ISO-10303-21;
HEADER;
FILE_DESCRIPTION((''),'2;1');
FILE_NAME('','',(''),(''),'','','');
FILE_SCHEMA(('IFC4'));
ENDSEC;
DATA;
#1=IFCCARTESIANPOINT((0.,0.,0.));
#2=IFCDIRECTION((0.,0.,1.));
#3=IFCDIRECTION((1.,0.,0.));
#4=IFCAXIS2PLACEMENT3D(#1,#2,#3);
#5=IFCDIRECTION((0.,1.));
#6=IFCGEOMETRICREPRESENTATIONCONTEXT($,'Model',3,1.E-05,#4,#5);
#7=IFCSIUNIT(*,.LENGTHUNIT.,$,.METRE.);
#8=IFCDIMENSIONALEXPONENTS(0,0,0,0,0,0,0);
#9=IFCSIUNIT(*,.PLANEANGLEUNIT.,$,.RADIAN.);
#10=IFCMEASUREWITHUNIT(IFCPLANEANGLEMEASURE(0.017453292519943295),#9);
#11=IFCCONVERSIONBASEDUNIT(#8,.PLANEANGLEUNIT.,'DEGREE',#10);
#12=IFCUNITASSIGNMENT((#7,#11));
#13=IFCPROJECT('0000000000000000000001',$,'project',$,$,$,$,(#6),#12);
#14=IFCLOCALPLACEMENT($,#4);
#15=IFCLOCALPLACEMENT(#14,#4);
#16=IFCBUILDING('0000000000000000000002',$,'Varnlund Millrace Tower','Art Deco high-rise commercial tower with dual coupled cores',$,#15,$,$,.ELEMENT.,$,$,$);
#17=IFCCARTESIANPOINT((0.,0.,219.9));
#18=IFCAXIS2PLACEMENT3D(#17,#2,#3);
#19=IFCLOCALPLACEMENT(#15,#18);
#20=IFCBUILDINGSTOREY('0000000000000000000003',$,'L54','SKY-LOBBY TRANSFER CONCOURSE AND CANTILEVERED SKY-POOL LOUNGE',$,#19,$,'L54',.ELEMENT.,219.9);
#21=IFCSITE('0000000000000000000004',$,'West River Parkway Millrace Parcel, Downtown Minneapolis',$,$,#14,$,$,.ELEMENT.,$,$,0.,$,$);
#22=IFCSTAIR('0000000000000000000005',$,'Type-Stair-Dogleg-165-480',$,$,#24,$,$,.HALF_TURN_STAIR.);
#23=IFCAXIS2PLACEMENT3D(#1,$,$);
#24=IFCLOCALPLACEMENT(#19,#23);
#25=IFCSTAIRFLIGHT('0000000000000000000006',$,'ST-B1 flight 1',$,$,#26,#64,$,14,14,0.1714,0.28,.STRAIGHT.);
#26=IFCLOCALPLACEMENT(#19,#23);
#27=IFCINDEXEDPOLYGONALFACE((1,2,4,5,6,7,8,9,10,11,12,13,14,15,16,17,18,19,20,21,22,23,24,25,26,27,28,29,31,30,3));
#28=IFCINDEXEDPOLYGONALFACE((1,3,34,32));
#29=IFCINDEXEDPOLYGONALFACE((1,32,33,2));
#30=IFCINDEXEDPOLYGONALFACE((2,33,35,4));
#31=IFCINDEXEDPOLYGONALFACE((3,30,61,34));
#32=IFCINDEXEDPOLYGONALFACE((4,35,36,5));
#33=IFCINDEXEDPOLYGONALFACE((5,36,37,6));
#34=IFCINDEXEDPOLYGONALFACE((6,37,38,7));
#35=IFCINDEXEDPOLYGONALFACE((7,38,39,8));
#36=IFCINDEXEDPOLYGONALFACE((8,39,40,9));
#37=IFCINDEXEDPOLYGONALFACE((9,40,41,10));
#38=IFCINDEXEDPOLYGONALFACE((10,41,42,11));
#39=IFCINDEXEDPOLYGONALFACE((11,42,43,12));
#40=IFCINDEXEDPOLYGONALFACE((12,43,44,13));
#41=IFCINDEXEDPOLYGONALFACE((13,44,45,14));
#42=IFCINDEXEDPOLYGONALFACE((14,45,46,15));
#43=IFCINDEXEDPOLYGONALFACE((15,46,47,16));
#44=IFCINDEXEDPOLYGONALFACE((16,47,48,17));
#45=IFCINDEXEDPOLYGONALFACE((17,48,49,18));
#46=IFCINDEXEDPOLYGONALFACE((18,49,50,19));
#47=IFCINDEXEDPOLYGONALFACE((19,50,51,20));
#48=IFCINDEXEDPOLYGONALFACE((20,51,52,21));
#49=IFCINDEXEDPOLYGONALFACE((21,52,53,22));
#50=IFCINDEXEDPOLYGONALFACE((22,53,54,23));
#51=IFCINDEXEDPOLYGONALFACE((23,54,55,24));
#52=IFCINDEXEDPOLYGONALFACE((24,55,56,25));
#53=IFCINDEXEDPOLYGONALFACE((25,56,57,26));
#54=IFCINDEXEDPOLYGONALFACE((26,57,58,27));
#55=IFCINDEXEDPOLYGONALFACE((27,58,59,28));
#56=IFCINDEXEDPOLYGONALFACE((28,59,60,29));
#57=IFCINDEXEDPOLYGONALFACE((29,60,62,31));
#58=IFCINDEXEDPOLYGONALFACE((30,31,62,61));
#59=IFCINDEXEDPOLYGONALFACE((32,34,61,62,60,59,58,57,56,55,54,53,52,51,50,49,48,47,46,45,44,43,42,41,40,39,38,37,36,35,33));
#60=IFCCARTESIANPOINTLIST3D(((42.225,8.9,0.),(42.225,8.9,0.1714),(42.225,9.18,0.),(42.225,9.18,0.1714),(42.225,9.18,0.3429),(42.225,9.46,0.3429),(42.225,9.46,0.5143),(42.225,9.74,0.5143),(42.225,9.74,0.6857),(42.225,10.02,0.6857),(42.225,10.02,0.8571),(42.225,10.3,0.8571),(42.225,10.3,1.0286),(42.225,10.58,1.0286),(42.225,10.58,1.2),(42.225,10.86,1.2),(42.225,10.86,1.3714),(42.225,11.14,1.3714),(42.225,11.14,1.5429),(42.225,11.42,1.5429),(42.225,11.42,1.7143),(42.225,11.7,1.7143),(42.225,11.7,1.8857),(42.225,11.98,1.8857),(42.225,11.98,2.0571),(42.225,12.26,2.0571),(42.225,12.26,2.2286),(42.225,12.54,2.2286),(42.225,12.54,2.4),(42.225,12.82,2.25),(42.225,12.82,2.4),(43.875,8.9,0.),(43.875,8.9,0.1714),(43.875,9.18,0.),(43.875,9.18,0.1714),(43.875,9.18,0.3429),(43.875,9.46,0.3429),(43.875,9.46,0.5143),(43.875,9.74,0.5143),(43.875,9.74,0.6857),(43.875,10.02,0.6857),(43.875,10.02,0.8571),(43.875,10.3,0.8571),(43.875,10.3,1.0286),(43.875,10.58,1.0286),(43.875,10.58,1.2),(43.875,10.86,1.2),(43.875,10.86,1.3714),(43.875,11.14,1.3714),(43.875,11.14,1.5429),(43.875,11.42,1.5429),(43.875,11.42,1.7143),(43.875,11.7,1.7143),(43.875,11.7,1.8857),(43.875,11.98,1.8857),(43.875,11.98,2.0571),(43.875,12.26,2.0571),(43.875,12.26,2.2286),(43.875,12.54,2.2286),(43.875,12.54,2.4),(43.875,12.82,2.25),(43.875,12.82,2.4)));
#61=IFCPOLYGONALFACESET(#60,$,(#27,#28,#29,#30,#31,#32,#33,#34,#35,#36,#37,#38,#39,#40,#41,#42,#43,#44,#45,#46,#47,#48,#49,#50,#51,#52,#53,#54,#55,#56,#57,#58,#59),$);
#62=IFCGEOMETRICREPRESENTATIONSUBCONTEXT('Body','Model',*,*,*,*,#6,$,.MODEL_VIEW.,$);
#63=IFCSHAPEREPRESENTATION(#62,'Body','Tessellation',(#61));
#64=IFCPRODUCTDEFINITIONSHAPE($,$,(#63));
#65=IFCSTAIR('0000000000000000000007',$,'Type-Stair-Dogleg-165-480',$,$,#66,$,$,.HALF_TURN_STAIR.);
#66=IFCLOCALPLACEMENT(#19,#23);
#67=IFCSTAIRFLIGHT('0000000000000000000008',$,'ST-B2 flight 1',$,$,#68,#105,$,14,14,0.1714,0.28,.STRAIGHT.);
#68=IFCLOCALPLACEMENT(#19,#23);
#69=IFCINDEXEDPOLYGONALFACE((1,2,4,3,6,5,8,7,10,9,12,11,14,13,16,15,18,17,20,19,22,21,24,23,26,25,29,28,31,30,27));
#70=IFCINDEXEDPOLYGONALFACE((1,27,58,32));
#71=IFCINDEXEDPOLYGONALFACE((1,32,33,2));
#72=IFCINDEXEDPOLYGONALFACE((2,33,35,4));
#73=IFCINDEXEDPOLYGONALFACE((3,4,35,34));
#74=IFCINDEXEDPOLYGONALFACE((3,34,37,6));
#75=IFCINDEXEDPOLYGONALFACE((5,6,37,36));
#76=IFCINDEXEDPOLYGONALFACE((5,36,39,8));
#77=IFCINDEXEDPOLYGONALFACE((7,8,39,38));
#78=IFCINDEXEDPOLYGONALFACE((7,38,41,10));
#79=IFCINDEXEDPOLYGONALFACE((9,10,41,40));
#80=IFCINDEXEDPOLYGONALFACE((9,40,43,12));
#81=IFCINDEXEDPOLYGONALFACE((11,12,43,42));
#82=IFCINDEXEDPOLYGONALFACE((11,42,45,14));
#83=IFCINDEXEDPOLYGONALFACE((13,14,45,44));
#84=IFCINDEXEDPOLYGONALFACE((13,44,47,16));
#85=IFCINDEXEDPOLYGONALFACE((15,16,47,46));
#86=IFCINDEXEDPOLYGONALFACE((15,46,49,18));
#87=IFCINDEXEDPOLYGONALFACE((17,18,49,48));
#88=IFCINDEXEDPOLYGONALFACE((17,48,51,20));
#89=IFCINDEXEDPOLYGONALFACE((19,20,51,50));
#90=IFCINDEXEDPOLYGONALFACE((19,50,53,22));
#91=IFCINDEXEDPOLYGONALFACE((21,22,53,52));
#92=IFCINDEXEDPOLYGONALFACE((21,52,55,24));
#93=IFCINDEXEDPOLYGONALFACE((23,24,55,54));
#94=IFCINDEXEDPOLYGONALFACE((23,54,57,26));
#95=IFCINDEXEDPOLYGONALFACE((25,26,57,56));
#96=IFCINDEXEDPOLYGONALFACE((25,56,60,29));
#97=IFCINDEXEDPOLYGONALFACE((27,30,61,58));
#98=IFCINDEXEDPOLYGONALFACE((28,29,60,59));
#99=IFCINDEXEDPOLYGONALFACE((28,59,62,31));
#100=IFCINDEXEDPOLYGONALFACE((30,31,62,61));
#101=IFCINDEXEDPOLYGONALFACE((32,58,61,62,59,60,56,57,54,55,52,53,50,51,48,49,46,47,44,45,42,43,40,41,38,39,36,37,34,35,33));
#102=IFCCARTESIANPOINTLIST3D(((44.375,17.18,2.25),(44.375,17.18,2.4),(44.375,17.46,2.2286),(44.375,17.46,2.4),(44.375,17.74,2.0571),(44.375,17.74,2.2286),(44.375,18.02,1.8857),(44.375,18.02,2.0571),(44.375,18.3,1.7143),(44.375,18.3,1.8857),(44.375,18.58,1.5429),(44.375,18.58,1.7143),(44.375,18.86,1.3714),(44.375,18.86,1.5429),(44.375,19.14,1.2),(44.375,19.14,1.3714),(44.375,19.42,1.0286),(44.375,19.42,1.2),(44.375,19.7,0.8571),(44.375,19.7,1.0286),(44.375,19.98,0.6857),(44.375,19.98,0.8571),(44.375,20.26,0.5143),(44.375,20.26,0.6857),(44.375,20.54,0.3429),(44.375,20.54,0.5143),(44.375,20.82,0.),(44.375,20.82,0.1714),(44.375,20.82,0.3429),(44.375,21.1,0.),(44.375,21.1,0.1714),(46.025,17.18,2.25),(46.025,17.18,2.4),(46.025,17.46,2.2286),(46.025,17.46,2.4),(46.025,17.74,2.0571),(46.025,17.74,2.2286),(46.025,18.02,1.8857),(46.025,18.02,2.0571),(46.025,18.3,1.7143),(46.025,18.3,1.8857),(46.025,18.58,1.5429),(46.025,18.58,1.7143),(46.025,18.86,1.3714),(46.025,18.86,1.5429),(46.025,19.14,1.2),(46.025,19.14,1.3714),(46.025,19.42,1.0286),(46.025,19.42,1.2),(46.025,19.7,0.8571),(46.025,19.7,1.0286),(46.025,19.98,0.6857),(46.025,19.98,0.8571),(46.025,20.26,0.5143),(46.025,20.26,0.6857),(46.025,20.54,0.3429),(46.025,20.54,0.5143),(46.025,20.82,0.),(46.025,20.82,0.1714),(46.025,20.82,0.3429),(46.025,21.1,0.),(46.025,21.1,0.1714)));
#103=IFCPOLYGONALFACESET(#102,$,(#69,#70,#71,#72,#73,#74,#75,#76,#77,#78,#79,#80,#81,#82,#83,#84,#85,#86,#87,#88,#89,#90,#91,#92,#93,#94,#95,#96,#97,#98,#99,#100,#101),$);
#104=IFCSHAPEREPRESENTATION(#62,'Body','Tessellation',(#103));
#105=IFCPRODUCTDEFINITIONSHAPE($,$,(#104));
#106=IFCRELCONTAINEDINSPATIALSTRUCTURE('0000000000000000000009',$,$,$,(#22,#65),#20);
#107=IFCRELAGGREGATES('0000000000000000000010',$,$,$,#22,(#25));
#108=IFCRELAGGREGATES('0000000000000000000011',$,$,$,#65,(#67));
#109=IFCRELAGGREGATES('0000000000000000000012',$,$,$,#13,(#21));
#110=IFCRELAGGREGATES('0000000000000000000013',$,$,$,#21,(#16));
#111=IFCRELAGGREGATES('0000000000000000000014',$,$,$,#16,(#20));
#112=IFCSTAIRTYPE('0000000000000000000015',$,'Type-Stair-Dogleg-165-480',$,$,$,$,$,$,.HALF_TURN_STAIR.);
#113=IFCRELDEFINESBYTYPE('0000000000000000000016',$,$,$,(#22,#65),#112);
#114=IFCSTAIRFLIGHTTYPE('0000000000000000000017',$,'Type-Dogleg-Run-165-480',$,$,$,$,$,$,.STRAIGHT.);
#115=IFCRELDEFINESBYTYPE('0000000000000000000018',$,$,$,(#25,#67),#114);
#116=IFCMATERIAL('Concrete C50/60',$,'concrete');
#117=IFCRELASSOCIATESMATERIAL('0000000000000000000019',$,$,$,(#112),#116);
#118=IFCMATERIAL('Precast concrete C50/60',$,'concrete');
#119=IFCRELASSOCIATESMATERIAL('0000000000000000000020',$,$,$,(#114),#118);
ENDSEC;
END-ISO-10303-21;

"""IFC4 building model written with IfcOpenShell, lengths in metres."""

from ifc_helpers import new_model, entity, si_unit, converted_unit, direction, frame, origin_with_axes, place, context, subcontext, project, spatial, polyline, outline, extrude, material, type_object, element, aggregate, save


model = new_model("IFC4")

# Units and contexts
model_context = context("Model", 3, precision=1e-05, world=origin_with_axes(), true_north=direction((0.0, 1.0)))
body_context = subcontext(model_context, "Body", "Model", "MODEL_VIEW")
ifc_project = project(units=[si_unit("LENGTHUNIT", "METRE"), converted_unit("PLANEANGLEUNIT", "DEGREE", entity("IfcPlaneAngleMeasure", 0.017453292519943295), si_unit("PLANEANGLEUNIT", "RADIAN"), dimensions=[0, 0, 0, 0, 0, 0, 0])], contexts=[model_context])

# Site, building, storey
site_placement = place(None, origin_with_axes())
site = spatial("IfcSite", under=ifc_project, at=site_placement, Name="West River Parkway Millrace Parcel, Downtown Minneapolis", CompositionType="ELEMENT", RefElevation=0.0)
building_placement = place(site_placement, origin_with_axes())
building = spatial("IfcBuilding", under=site, at=building_placement, Name="Varnlund Millrace Tower", Description="Art Deco high-rise commercial tower with dual coupled cores", CompositionType="ELEMENT")
storey_placement = place(building_placement, frame((0.0, 0.0, 219.9), z_axis=(0.0, 0.0, 1.0), x_axis=(1.0, 0.0, 0.0)))
storey = spatial("IfcBuildingStorey", under=building, at=storey_placement, Name="L54", Description="SKY-LOBBY TRANSFER CONCOURSE AND CANTILEVERED SKY-POOL LOUNGE", LongName="L54", CompositionType="ELEMENT", Elevation=219.9)

# Stairs, stair flights
ifc_material_1 = material(Name="Concrete C50/60", Category="concrete")
stair_type = type_object("IfcStairType", Name="Type-Stair-Dogleg-165-480", PredefinedType="HALF_TURN_STAIR", material=ifc_material_1)
stair_1_placement = place(storey_placement, origin_with_axes())
stair_1 = element("IfcStair", 1, at=stair_1_placement, inside=storey, type_object=stair_type, Name="Type-Stair-Dogleg-165-480", PredefinedType="HALF_TURN_STAIR")
ifc_material_2 = material(Name="Precast concrete C50/60", Category="concrete")
stair_flight_type = type_object("IfcStairFlightType", Name="Type-Dogleg-Run-165-480", PredefinedType="STRAIGHT", material=ifc_material_2)
stair_flight_1_placement = place(storey_placement, frame((42.225, 8.9, 0.0), z_axis=(1.0, 0.0, 0.0), x_axis=(0.0, 1.0, 0.0)))
stair_flight_1 = element("IfcStairFlight", 2, at=stair_flight_1_placement, type_object=stair_flight_type, Name="ST-B1 flight 1", NumberOfRisers=14, NumberOfTreads=14, PredefinedType="STRAIGHT", RiserHeight=0.1714, TreadLength=0.28, context=body_context, shape_type="SweptSolid", body=[
    extrude(outline(polyline([(0.0, 0.0), (0.0, 0.1714), (0.28, 0.1714), (0.28, 0.3429), (0.56, 0.3429), (0.56, 0.5143), (0.84, 0.5143), (0.84, 0.6857), (1.12, 0.6857), (1.12, 0.8571), (1.4, 0.8571), (1.4, 1.0286), (1.68, 1.0286), (1.68, 1.2), (1.96, 1.2), (1.96, 1.3714), (2.24, 1.3714), (2.24, 1.5429), (2.52, 1.5429), (2.52, 1.7143), (2.8, 1.7143), (2.8, 1.8857), (3.08, 1.8857), (3.08, 2.0571), (3.36, 2.0571), (3.36, 2.2286), (3.64, 2.2286), (3.64, 2.4), (3.92, 2.4), (3.92, 2.25), (0.28, 0.0), (0.0, 0.0)])), origin_with_axes(), (0.0, 0.0, 1.0), 1.65),
])
aggregate(stair_1, [stair_flight_1])
stair_2_placement = place(storey_placement, origin_with_axes())
stair_2 = element("IfcStair", 3, at=stair_2_placement, inside=storey, type_object=stair_type, Name="Type-Stair-Dogleg-165-480", PredefinedType="HALF_TURN_STAIR")
stair_flight_2_placement = place(storey_placement, frame((46.025, 21.1, 0.0), z_axis=(-1.0, 0.0, 0.0), x_axis=(0.0, -1.0, 0.0)))
stair_flight_2 = element("IfcStairFlight", 4, at=stair_flight_2_placement, type_object=stair_flight_type, Name="ST-B2 flight 1", NumberOfRisers=14, NumberOfTreads=14, PredefinedType="STRAIGHT", RiserHeight=0.1714, TreadLength=0.28, context=body_context, shape_type="SweptSolid", body=[
    extrude(outline(polyline([(0.0, 0.0), (0.0, 0.1714), (0.28, 0.1714), (0.28, 0.3429), (0.56, 0.3429), (0.56, 0.5143), (0.84, 0.5143), (0.84, 0.6857), (1.12, 0.6857), (1.12, 0.8571), (1.4, 0.8571), (1.4, 1.0286), (1.68, 1.0286), (1.68, 1.2), (1.96, 1.2), (1.96, 1.3714), (2.24, 1.3714), (2.24, 1.5429), (2.52, 1.5429), (2.52, 1.7143), (2.8, 1.7143), (2.8, 1.8857), (3.08, 1.8857), (3.08, 2.0571), (3.36, 2.0571), (3.36, 2.2286), (3.64, 2.2286), (3.64, 2.4), (3.92, 2.4), (3.92, 2.25), (0.28, 0.0), (0.0, 0.0)])), origin_with_axes(), (0.0, 0.0, 1.0), 1.65),
])
aggregate(stair_2, [stair_flight_2])

save(model, "model.ifc")
